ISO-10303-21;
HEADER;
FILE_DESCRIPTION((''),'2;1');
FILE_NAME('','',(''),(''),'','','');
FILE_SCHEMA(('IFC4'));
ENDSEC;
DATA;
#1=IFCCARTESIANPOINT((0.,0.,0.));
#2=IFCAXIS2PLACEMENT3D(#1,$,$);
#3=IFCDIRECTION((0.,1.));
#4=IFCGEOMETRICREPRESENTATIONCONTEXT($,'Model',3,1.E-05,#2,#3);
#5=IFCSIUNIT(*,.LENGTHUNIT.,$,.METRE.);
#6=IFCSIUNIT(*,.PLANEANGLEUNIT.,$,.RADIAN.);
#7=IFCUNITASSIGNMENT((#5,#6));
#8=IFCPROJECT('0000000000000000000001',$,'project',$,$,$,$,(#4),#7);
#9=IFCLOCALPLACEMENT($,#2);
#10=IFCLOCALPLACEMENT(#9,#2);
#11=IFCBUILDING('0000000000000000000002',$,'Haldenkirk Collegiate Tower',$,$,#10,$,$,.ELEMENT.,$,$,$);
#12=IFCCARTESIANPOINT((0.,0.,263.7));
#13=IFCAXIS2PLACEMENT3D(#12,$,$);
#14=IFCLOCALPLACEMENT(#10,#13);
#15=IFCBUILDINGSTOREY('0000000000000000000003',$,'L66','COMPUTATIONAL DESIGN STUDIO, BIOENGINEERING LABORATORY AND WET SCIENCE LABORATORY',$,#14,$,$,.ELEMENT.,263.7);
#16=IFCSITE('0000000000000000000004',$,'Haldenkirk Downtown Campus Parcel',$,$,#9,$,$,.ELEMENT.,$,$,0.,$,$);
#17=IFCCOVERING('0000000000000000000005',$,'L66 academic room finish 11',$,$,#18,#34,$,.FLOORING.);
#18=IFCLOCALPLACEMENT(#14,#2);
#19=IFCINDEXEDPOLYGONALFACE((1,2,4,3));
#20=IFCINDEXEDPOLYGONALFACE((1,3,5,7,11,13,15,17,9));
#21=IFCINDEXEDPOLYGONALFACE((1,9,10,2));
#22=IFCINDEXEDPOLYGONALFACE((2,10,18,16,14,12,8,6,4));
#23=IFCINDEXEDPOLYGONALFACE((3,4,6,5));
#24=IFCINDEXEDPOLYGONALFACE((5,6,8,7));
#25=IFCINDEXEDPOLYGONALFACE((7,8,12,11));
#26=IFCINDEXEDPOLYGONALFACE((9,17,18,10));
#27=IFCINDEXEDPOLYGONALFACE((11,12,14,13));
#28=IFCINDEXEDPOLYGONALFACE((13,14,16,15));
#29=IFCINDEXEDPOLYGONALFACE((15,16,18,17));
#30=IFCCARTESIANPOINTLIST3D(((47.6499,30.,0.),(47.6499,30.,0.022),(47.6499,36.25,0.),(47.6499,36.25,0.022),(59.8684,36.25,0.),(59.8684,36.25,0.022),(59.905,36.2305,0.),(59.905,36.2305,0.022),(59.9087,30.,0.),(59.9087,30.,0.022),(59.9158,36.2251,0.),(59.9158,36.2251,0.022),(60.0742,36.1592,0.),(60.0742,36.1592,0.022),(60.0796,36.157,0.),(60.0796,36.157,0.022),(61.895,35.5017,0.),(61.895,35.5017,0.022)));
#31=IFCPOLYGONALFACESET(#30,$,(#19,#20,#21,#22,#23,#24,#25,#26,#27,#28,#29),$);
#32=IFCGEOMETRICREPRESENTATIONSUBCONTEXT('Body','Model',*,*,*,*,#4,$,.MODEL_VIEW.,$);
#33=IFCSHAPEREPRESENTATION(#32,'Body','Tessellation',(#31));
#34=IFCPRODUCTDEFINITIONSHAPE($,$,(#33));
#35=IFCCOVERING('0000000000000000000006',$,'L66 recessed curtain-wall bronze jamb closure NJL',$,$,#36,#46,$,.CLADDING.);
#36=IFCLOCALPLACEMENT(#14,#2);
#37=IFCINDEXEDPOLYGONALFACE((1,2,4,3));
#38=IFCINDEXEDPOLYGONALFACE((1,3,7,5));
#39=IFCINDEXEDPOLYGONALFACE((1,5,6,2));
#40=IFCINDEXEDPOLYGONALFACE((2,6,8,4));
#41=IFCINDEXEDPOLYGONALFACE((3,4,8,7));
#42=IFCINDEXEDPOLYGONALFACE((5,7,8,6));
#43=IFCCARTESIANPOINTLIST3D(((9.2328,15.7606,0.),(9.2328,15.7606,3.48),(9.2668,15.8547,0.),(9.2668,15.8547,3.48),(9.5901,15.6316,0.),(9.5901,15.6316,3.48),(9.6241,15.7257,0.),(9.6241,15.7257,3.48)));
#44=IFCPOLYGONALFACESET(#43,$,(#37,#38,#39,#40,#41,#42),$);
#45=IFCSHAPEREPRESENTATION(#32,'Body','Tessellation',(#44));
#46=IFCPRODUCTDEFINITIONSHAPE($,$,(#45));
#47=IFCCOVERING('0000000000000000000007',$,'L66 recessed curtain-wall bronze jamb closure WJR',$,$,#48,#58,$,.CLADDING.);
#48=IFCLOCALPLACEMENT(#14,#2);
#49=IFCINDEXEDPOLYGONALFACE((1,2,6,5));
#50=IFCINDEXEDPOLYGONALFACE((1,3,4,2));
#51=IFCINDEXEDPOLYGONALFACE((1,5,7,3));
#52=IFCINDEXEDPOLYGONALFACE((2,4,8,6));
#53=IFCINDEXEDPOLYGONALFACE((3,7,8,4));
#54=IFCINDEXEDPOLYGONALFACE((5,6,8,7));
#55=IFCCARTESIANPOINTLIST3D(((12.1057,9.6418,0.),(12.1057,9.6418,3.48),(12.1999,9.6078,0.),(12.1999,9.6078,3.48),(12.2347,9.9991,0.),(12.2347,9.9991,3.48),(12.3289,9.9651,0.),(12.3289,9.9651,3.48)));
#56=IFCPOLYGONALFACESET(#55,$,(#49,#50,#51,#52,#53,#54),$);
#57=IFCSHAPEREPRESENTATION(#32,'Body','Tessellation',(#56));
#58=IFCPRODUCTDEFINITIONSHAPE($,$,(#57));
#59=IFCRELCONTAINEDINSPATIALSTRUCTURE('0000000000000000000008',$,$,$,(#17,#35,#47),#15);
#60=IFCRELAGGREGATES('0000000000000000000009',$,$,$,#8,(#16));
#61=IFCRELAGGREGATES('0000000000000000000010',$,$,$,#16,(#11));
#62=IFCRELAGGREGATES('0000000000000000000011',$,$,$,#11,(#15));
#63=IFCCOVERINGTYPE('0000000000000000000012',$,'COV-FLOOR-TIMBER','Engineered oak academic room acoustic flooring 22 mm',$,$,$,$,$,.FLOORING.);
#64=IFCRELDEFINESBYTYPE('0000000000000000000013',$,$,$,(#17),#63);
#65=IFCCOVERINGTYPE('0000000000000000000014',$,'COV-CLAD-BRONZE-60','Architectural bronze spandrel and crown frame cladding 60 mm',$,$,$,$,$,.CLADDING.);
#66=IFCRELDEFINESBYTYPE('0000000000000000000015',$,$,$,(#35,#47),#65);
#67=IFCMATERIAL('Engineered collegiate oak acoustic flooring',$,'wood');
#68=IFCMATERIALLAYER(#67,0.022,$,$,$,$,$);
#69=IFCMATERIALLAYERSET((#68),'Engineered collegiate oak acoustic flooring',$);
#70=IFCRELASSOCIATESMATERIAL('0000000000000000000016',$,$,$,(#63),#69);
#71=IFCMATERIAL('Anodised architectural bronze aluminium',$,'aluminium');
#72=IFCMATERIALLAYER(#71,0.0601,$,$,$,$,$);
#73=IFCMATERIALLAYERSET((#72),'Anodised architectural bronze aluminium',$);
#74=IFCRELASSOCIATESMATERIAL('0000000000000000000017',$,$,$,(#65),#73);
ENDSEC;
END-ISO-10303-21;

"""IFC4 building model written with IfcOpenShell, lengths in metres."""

from ifc_helpers import new_model, si_unit, direction, frame, origin, origin_2d, place, context, subcontext, project, spatial, polyline, rectangle, outline, extrude, source, transform, mapped, material, layer, layer_set, type_object, element, save


model = new_model("IFC4")

# Units and contexts
model_context = context("Model", 3, precision=1e-05, world=origin(), true_north=direction((0.0, 1.0)))
body_context = subcontext(model_context, "Body", "Model", "MODEL_VIEW")
ifc_project = project(units=[si_unit("LENGTHUNIT", "METRE"), si_unit("PLANEANGLEUNIT", "RADIAN")], contexts=[model_context])

# Site, building, storey
site_placement = place(None, origin())
site = spatial("IfcSite", under=ifc_project, at=site_placement, Name="Haldenkirk Downtown Campus Parcel", CompositionType="ELEMENT", RefElevation=0.0)
building_placement = place(site_placement, origin())
building = spatial("IfcBuilding", under=site, at=building_placement, Name="Haldenkirk Collegiate Tower", CompositionType="ELEMENT")
storey_placement = place(building_placement, frame((0.0, 0.0, 263.7)))
storey = spatial("IfcBuildingStorey", under=building, at=storey_placement, Name="L66", Description="COMPUTATIONAL DESIGN STUDIO, BIOENGINEERING LABORATORY AND WET SCIENCE LABORATORY", CompositionType="ELEMENT", Elevation=263.7)

# Shared definitions
ifc_material_1 = material(Name="Anodised architectural bronze aluminium", Category="aluminium")

# Coverings
ifc_material_2 = material(Name="Engineered collegiate oak acoustic flooring", Category="wood")
ifc_layer_1 = layer(ifc_material_2, 0.022)
ifc_layer_set_1 = layer_set([ifc_layer_1], Name="Engineered collegiate oak acoustic flooring")
covering_type_1 = type_object("IfcCoveringType", Name="COV-FLOOR-TIMBER", Description="Engineered oak academic room acoustic flooring 22 mm", PredefinedType="FLOORING", material=ifc_layer_set_1)
covering_1_placement = place(storey_placement, origin())
element("IfcCovering", 1, at=covering_1_placement, inside=storey, type_object=covering_type_1, Name="L66 academic room finish 11", PredefinedType="FLOORING", context=body_context, shape_type="SweptSolid", body=[
    extrude(outline(polyline([(59.905, 36.2305), (59.9158, 36.2251), (60.0742, 36.1592), (60.0796, 36.157), (61.895, 35.5017), (59.9087, 30.0), (47.6499, 30.0), (47.6499, 36.25), (59.8684, 36.25), (59.905, 36.2305)])), origin(), (0.0, 0.0, 1.0), 0.022),
])
ifc_layer_2 = layer(ifc_material_1, 0.0601)
ifc_layer_set_2 = layer_set([ifc_layer_2], Name="Anodised architectural bronze aluminium")
covering_type_2 = type_object("IfcCoveringType", Name="COV-CLAD-BRONZE-60", Description="Architectural bronze spandrel and crown frame cladding 60 mm", PredefinedType="CLADDING", material=ifc_layer_set_2)
shared_shape_1 = source(origin(), body_context, "Body", "SweptSolid", [
    extrude(rectangle(XDim=0.1001, YDim=0.3799, at=origin_2d()), origin(), (0.0, 0.0, 1.0), 3.48),
])
for number, where, z_axis, x_axis, name in (
    (2, (9.4285, 15.7432, 0.0), (0.0, 0.0, 1.0), (0.339559, 0.940585, 0.0), "L66 recessed curtain-wall bronze jamb closure NJL"),
    (3, (12.2173, 9.8035, 0.0), (0.0, 0.0, 1.0), (-0.940585, 0.339559, 0.0), "L66 recessed curtain-wall bronze jamb closure WJR"),
):
    element("IfcCovering", number, at=place(storey_placement, frame(where, z_axis=z_axis, x_axis=x_axis)), inside=storey, type_object=covering_type_2, Name=name, PredefinedType="CLADDING", context=body_context, shape_type="MappedRepresentation", body=[
        mapped(shared_shape_1, transform((0.0, 0.0, 0.0), x_axis=(1.0, 0.0, 0.0), y_axis=(0.0, 1.0, 0.0), z_axis=(0.0, 0.0, 1.0), scale=1.0)),
    ])

save(model, "model.ifc")
